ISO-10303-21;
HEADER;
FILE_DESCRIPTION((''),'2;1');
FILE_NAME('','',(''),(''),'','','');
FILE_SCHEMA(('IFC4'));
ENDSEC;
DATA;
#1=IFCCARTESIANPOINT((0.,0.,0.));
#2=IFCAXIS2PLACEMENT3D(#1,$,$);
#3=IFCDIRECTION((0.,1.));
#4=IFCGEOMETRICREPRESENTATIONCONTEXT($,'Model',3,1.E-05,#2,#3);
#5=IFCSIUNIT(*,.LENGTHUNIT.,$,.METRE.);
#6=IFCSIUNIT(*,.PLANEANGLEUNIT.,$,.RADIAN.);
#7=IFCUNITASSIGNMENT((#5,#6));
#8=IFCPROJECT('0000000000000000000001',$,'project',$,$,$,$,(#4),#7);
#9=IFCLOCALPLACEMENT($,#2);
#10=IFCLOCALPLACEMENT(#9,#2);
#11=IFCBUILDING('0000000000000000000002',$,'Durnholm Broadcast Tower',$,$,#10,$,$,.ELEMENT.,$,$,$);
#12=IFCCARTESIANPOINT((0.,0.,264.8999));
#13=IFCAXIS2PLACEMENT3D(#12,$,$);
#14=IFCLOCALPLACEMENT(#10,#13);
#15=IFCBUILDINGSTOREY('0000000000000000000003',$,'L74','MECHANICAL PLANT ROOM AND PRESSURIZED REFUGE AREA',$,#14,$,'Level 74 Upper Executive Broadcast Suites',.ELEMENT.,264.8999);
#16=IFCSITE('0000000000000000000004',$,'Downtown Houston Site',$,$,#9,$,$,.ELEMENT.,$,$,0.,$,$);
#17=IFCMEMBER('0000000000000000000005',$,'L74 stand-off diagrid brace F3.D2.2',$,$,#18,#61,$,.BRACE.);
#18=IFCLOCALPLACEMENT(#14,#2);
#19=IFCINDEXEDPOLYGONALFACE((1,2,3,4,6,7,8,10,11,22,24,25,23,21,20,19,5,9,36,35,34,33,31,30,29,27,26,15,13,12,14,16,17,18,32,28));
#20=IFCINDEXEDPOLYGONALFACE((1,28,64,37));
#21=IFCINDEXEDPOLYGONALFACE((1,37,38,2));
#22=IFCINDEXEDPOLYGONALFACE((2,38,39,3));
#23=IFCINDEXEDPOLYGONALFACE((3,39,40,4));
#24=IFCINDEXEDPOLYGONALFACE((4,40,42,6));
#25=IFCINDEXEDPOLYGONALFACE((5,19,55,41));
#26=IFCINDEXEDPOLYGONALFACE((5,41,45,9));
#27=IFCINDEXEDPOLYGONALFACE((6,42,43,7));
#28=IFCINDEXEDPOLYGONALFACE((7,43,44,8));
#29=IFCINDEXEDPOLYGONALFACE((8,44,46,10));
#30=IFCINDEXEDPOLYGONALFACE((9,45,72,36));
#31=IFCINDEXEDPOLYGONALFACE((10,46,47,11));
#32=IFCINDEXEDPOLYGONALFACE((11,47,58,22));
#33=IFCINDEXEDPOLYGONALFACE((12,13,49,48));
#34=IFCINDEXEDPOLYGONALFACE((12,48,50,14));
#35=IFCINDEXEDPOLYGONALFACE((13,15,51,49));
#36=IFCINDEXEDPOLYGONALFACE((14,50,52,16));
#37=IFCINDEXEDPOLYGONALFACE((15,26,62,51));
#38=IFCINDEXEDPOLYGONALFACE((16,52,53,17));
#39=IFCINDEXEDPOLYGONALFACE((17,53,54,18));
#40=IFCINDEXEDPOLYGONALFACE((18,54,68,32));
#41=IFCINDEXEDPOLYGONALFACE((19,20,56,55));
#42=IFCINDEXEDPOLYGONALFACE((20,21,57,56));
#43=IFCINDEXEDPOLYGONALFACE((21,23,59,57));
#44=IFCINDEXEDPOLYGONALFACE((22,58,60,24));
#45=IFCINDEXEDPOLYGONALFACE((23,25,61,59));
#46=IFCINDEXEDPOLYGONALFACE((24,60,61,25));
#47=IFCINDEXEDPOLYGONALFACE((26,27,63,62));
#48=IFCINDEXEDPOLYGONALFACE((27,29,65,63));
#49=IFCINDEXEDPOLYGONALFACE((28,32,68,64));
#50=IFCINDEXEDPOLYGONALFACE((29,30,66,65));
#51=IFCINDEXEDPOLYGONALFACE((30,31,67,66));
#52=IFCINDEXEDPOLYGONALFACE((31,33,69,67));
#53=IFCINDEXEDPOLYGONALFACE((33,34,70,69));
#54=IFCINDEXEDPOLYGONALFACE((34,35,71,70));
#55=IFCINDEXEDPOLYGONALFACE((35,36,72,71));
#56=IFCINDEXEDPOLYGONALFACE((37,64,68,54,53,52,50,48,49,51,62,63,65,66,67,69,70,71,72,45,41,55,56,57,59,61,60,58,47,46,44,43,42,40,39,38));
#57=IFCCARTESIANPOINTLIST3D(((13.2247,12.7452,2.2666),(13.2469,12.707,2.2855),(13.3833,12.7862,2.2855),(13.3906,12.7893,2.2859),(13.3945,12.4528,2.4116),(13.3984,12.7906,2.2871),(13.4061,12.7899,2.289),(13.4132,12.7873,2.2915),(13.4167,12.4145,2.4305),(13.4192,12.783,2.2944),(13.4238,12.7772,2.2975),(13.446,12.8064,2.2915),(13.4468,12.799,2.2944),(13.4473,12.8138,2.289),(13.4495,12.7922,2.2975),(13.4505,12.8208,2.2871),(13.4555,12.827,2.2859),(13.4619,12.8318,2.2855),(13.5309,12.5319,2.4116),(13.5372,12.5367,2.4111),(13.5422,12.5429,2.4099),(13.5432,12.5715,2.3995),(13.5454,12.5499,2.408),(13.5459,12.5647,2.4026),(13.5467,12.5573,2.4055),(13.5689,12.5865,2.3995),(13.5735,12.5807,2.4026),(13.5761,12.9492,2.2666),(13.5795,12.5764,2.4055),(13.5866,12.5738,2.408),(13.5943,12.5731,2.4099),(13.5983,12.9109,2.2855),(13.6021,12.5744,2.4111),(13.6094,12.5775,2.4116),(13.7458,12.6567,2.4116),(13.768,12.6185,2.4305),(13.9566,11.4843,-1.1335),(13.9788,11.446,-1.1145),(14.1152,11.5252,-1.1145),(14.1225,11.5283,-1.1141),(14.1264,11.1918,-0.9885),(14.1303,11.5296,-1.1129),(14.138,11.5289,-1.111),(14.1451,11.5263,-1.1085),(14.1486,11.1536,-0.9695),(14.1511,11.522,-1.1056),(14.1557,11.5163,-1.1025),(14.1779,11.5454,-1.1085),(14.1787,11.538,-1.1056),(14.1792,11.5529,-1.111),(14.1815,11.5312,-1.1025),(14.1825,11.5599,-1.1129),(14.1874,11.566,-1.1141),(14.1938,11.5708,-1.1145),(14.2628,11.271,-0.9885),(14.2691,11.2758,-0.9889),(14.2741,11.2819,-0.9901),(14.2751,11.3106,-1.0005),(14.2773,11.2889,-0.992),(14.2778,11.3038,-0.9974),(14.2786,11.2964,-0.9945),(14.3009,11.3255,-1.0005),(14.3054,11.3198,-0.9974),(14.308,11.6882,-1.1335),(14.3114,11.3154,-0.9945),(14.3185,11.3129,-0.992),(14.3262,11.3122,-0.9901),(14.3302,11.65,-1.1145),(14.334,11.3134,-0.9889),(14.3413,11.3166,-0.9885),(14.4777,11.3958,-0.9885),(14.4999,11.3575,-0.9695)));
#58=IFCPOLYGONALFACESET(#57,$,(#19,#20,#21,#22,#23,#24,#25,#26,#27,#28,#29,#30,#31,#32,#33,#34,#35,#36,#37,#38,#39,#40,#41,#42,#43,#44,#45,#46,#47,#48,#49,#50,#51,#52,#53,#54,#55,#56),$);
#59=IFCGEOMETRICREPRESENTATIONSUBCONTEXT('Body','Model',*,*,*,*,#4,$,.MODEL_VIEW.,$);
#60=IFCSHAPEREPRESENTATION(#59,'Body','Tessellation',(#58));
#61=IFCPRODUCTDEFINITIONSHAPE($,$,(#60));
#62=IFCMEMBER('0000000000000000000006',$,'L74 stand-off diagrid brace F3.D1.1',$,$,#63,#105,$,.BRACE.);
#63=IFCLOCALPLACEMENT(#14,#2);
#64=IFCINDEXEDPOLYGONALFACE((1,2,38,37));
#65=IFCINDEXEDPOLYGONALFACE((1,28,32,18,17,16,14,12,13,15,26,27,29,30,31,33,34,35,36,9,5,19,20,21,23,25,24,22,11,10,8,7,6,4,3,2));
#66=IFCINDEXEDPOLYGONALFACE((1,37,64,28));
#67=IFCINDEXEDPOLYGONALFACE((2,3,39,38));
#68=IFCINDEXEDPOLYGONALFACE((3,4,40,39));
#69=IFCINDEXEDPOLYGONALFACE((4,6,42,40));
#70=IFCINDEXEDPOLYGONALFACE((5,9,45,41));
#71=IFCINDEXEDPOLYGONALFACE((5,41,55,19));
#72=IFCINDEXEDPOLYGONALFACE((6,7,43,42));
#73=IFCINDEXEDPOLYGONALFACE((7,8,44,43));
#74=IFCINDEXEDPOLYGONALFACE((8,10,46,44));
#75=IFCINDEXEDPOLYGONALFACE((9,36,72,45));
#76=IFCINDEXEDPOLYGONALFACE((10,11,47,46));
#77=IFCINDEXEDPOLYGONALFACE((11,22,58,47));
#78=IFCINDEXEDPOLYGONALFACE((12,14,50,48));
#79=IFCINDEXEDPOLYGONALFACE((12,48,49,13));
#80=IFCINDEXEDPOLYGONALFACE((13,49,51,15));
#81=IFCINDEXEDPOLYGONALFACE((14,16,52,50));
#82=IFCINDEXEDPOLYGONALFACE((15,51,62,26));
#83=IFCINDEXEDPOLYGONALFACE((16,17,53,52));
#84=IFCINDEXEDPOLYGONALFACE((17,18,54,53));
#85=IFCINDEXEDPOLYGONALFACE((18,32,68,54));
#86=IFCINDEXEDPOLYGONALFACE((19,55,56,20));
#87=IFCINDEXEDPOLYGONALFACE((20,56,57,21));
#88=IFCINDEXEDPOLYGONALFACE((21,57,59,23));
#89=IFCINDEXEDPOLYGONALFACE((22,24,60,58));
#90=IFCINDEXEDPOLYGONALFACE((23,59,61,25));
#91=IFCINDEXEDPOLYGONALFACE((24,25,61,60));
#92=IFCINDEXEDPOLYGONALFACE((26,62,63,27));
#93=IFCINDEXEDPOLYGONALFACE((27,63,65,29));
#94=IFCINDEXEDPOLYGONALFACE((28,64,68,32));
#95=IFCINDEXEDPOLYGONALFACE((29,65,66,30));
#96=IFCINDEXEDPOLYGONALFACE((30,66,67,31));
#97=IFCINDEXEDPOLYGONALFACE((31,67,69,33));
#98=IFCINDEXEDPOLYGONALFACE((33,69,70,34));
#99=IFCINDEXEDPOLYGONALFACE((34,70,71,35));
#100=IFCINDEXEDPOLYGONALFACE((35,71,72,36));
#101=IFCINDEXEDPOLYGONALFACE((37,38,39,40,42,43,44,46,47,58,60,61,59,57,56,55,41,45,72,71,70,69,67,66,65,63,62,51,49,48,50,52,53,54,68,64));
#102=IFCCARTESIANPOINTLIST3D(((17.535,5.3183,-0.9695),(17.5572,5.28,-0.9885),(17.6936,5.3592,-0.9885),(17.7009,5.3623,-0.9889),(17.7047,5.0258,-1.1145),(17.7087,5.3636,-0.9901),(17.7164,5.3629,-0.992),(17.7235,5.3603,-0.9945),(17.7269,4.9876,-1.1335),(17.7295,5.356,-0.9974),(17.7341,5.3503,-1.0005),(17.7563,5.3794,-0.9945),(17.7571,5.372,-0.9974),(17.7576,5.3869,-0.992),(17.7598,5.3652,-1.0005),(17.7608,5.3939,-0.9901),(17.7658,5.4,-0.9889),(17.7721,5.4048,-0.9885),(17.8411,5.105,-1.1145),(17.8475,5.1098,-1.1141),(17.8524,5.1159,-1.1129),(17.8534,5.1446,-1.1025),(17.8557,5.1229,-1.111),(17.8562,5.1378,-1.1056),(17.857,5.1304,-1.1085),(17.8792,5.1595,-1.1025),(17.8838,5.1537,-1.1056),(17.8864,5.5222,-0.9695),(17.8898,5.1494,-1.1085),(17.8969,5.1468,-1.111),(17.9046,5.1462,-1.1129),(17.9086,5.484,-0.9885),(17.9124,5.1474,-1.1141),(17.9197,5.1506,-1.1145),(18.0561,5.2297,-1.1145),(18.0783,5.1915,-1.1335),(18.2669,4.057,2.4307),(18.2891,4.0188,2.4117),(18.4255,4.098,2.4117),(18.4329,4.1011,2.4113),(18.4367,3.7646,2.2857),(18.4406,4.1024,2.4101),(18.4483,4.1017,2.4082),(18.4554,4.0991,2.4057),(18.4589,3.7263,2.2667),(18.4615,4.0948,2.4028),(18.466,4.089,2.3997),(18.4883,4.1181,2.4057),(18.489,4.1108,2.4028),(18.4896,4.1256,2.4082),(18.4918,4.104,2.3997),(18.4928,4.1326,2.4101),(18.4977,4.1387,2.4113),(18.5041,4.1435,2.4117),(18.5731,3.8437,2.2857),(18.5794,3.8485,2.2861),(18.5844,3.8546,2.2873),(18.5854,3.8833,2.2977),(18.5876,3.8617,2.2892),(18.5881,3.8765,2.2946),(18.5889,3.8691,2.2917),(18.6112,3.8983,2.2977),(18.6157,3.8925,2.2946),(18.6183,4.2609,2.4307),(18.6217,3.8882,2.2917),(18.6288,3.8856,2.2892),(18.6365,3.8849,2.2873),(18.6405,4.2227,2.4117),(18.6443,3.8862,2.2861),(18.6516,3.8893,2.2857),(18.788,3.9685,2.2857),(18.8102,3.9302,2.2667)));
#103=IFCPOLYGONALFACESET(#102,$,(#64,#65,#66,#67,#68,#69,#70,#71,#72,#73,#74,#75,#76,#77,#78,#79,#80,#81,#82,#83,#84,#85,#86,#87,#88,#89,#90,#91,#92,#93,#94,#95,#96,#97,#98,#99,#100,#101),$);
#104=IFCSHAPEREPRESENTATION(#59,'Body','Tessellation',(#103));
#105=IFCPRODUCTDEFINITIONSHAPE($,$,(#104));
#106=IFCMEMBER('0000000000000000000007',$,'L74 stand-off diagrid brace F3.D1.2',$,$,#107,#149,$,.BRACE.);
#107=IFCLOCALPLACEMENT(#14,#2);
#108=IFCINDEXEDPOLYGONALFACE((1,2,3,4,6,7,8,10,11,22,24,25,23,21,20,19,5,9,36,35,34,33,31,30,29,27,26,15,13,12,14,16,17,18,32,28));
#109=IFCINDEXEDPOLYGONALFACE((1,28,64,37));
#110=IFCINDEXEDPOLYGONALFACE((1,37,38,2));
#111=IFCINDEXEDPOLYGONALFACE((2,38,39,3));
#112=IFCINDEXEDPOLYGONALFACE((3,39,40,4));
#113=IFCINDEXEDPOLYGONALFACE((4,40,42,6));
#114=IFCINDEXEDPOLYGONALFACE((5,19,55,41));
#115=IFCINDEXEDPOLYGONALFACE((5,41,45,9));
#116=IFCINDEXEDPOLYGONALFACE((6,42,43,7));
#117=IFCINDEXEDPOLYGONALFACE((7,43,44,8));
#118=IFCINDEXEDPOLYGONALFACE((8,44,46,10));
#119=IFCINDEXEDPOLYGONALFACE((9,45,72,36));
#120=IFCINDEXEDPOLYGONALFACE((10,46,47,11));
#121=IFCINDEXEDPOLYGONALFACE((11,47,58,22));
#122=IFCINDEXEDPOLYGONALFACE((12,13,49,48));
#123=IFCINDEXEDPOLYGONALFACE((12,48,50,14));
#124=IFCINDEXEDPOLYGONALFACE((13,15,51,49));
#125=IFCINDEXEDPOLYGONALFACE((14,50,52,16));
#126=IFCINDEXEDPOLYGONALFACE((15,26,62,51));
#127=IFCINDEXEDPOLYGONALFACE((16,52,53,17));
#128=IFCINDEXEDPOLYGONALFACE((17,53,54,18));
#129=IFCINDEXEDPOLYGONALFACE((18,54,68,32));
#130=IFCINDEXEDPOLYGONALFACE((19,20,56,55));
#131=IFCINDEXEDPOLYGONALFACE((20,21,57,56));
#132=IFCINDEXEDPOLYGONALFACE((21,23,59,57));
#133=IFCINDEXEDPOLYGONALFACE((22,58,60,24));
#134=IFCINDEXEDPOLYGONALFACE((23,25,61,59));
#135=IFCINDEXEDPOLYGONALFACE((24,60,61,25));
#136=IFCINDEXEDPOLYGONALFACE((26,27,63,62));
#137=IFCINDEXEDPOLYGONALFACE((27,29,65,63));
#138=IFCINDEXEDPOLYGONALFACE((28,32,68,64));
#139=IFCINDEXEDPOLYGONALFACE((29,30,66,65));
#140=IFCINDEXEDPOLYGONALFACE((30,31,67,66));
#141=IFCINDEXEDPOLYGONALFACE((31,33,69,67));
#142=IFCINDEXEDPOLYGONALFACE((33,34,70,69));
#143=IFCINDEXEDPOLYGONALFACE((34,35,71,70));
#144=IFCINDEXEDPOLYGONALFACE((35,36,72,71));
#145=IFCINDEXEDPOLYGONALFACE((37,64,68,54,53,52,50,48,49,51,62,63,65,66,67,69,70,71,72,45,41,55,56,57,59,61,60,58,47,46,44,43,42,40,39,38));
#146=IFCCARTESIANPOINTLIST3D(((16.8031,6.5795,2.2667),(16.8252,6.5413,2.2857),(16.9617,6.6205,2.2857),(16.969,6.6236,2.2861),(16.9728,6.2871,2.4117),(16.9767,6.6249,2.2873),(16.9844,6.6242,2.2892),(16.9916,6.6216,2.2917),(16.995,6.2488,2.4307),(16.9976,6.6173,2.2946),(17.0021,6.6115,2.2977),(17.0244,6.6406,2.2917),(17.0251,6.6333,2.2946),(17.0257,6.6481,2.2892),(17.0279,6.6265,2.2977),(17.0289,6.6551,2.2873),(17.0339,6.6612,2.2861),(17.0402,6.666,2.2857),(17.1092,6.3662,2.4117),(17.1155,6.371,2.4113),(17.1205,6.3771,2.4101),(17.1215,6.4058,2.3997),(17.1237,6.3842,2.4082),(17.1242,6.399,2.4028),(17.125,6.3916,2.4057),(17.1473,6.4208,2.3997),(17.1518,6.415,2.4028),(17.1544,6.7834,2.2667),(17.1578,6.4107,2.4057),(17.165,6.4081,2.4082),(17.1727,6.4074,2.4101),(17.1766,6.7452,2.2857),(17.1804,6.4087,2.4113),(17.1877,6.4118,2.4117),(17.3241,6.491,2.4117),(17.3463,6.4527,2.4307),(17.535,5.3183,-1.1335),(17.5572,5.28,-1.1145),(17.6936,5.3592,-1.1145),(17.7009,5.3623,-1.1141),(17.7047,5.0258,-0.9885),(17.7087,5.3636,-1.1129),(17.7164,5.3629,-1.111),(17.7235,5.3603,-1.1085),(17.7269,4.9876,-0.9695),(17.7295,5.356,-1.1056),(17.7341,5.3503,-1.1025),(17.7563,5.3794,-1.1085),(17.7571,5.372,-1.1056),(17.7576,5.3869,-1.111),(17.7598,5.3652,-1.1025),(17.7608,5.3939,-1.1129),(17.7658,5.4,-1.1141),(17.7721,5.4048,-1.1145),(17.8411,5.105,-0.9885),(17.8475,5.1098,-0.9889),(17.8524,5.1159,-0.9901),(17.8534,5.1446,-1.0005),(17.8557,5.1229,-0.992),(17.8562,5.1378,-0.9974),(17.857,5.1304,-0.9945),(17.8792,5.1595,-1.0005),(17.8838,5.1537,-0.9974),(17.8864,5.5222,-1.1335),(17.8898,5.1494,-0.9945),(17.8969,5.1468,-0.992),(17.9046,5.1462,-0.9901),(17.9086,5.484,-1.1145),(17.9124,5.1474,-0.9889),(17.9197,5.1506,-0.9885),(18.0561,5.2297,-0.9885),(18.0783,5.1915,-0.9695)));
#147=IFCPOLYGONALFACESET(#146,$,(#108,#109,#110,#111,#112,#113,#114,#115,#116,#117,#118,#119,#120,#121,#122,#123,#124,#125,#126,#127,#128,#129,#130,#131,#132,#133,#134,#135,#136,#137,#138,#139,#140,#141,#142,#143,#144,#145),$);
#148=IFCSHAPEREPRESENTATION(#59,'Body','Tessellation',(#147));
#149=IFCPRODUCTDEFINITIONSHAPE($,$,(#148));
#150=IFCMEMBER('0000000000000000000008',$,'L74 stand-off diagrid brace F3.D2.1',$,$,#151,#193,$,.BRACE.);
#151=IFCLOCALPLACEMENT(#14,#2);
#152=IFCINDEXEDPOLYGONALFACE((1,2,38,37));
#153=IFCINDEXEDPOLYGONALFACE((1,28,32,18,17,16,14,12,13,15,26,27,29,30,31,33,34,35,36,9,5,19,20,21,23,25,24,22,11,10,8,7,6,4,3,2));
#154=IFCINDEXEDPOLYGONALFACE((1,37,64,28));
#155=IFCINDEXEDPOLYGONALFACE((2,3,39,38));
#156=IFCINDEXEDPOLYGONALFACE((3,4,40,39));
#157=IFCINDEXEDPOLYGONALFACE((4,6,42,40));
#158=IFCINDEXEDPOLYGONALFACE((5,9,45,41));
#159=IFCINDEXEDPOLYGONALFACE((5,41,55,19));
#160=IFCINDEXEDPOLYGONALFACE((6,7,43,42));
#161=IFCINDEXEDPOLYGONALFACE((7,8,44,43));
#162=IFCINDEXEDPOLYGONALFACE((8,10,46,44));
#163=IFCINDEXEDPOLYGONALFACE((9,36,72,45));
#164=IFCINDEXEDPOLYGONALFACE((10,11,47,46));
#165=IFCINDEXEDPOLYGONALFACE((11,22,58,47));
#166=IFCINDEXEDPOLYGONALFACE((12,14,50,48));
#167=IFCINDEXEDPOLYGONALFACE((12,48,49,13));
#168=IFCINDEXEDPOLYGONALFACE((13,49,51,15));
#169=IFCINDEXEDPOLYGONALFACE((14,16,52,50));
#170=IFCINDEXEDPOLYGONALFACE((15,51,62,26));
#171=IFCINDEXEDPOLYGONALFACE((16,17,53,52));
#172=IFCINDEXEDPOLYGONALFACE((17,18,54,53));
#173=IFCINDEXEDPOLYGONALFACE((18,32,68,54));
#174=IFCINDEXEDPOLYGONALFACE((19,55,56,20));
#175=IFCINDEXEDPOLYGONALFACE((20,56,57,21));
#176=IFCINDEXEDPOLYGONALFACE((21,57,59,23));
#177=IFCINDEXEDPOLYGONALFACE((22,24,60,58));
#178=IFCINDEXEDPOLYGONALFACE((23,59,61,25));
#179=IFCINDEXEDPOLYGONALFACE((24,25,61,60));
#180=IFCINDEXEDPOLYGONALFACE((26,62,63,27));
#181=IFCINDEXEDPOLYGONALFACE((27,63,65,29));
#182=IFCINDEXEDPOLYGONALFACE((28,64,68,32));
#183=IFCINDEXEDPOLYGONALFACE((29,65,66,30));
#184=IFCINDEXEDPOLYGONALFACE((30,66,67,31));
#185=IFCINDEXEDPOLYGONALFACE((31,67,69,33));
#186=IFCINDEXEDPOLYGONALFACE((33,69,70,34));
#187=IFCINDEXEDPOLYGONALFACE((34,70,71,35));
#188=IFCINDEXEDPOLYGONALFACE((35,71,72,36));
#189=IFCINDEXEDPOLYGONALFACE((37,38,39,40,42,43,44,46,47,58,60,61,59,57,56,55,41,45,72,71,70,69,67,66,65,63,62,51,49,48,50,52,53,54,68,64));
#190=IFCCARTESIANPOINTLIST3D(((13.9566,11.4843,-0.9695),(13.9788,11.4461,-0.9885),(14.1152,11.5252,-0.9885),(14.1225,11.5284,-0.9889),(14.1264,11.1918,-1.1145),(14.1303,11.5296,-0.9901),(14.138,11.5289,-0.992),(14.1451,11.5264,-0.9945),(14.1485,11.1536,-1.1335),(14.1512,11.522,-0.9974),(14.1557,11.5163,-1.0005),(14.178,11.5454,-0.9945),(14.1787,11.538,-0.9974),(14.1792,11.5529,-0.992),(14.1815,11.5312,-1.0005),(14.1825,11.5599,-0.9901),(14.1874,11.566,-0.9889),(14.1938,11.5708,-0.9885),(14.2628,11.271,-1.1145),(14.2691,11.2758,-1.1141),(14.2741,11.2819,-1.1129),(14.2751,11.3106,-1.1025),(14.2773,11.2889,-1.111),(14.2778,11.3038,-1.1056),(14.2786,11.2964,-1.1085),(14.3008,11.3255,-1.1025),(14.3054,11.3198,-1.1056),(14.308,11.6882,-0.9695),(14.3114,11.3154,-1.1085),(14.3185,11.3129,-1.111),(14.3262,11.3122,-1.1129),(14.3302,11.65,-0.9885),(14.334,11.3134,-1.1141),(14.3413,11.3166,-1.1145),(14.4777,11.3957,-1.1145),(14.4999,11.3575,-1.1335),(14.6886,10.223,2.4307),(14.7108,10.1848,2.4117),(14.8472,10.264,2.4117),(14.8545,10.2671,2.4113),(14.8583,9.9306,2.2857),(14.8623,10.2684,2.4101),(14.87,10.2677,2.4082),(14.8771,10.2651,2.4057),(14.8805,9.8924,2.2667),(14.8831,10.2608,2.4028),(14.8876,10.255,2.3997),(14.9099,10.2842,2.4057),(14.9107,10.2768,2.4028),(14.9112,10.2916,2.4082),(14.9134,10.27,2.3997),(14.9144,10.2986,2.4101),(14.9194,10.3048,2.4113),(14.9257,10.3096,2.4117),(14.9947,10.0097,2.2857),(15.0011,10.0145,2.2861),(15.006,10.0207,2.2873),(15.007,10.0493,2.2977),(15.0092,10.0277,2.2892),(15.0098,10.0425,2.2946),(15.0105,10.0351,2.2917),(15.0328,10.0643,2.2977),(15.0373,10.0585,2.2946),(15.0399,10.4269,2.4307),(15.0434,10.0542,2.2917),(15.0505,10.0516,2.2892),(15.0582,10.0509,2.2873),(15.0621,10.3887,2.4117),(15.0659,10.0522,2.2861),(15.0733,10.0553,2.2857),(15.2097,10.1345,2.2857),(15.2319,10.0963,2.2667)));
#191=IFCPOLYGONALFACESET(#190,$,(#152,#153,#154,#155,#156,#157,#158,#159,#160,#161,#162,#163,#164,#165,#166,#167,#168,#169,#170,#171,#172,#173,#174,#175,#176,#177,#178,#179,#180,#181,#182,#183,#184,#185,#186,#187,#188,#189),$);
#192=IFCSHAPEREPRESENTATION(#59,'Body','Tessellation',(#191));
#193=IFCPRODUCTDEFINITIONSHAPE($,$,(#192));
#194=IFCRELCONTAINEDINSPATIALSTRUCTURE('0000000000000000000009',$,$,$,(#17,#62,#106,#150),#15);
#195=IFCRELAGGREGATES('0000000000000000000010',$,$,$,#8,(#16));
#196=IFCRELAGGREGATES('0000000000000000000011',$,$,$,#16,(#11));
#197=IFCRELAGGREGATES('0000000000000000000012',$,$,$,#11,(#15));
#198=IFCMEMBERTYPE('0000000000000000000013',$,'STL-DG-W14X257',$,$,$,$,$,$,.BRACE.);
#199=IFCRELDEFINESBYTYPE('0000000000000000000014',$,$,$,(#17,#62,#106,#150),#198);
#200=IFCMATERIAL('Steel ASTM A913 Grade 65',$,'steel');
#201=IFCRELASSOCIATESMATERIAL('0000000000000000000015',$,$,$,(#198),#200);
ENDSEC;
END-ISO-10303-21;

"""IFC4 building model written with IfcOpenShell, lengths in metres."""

from ifc_helpers import new_model, si_unit, direction, frame, origin, origin_2d, place, context, subcontext, project, spatial, i_section, extrude, source, transform, mapped, material, material_profile, profile_set, type_object, type_shapes, element, save


model = new_model("IFC4")

# Units and contexts
model_context = context("Model", 3, precision=1e-05, world=origin(), true_north=direction((0.0, 1.0)))
body_context = subcontext(model_context, "Body", "Model", "MODEL_VIEW")
ifc_project = project(units=[si_unit("LENGTHUNIT", "METRE"), si_unit("PLANEANGLEUNIT", "RADIAN")], contexts=[model_context])

# Site, building, storey
site_placement = place(None, origin())
site = spatial("IfcSite", under=ifc_project, at=site_placement, Name="Downtown Houston Site", CompositionType="ELEMENT", RefElevation=0.0)
building_placement = place(site_placement, origin())
building = spatial("IfcBuilding", under=site, at=building_placement, Name="Durnholm Broadcast Tower", CompositionType="ELEMENT")
storey_placement = place(building_placement, frame((0.0, 0.0, 264.8999)))
storey = spatial("IfcBuildingStorey", under=building, at=storey_placement, Name="L74", Description="MECHANICAL PLANT ROOM AND PRESSURIZED REFUGE AREA", LongName="Level 74 Upper Executive Broadcast Suites", CompositionType="ELEMENT", Elevation=264.8999)

# Members
ifc_material_1 = material(Name="Steel ASTM A913 Grade 65", Category="steel")
ifc_material_profile_1 = material_profile(ifc_material_1, i_section(OverallWidth=0.4062, OverallDepth=0.416, WebThickness=0.0298, FlangeThickness=0.0481, FilletRadius=0.0305, at=origin_2d()), Name="W14X257")
ifc_profile_set_1 = profile_set([ifc_material_profile_1], Name="Steel ASTM A913 Grade 65")
member_type_1 = type_object("IfcMemberType", Name="STL-DG-W14X257", PredefinedType="BRACE", material=ifc_profile_set_1)
shared_shape_1 = source(origin(), body_context, "Body", "SweptSolid", [
    extrude(i_section(OverallWidth=0.4062, OverallDepth=0.416, WebThickness=0.0298, FlangeThickness=0.0481, FilletRadius=0.0305, at=origin_2d()), origin(), (0.0, 0.0, 1.0), 3.6995),
])
member_1_placement = place(storey_placement, frame((14.2283, 11.4209, -1.0515), z_axis=(-0.197843, 0.340847, 0.919066), x_axis=(-0.864864, -0.502006, 0.0)))
element("IfcMember", 1, at=member_1_placement, inside=storey, type_object=member_type_1, Name="L74 stand-off diagrid brace F3.D2.2", PredefinedType="BRACE", context=body_context, shape_type="MappedRepresentation", body=[
    mapped(shared_shape_1, transform((0.0, 0.0, 0.0), x_axis=(1.0, 0.0, 0.0), y_axis=(0.0, 1.0, 0.0), z_axis=(0.0, 0.0, 1.0), scale=1.0)),
])
shared_shape_2 = source(origin(), body_context, "Body", "SweptSolid", [
    extrude(i_section(OverallWidth=0.4062, OverallDepth=0.416, WebThickness=0.0298, FlangeThickness=0.0481, FilletRadius=0.0305, at=origin_2d()), origin(), (0.0, 0.0, 1.0), 3.6997),
])
type_shapes(member_type_1, [shared_shape_1, shared_shape_2])
for number, where, z_axis, x_axis, name in (
    (2, (17.8066, 5.2549, -1.0515), (0.197838, -0.340905, 0.919045), (0.864906, 0.501934, 0.0), "L74 stand-off diagrid brace F3.D1.1"),
    (3, (17.8066, 5.2549, -1.0515), (-0.197838, 0.340905, 0.919045), (-0.864906, -0.501934, 0.0), "L74 stand-off diagrid brace F3.D1.2"),
    (4, (14.2283, 11.4209, -1.0515), (0.197838, -0.340905, 0.919045), (0.864906, 0.501934, 0.0), "L74 stand-off diagrid brace F3.D2.1"),
):
    element("IfcMember", number, at=place(storey_placement, frame(where, z_axis=z_axis, x_axis=x_axis)), inside=storey, type_object=member_type_1, Name=name, PredefinedType="BRACE", context=body_context, shape_type="MappedRepresentation", body=[
        mapped(shared_shape_2, transform((0.0, 0.0, 0.0), x_axis=(1.0, 0.0, 0.0), y_axis=(0.0, 1.0, 0.0), z_axis=(0.0, 0.0, 1.0), scale=1.0)),
    ])

save(model, "model.ifc")
